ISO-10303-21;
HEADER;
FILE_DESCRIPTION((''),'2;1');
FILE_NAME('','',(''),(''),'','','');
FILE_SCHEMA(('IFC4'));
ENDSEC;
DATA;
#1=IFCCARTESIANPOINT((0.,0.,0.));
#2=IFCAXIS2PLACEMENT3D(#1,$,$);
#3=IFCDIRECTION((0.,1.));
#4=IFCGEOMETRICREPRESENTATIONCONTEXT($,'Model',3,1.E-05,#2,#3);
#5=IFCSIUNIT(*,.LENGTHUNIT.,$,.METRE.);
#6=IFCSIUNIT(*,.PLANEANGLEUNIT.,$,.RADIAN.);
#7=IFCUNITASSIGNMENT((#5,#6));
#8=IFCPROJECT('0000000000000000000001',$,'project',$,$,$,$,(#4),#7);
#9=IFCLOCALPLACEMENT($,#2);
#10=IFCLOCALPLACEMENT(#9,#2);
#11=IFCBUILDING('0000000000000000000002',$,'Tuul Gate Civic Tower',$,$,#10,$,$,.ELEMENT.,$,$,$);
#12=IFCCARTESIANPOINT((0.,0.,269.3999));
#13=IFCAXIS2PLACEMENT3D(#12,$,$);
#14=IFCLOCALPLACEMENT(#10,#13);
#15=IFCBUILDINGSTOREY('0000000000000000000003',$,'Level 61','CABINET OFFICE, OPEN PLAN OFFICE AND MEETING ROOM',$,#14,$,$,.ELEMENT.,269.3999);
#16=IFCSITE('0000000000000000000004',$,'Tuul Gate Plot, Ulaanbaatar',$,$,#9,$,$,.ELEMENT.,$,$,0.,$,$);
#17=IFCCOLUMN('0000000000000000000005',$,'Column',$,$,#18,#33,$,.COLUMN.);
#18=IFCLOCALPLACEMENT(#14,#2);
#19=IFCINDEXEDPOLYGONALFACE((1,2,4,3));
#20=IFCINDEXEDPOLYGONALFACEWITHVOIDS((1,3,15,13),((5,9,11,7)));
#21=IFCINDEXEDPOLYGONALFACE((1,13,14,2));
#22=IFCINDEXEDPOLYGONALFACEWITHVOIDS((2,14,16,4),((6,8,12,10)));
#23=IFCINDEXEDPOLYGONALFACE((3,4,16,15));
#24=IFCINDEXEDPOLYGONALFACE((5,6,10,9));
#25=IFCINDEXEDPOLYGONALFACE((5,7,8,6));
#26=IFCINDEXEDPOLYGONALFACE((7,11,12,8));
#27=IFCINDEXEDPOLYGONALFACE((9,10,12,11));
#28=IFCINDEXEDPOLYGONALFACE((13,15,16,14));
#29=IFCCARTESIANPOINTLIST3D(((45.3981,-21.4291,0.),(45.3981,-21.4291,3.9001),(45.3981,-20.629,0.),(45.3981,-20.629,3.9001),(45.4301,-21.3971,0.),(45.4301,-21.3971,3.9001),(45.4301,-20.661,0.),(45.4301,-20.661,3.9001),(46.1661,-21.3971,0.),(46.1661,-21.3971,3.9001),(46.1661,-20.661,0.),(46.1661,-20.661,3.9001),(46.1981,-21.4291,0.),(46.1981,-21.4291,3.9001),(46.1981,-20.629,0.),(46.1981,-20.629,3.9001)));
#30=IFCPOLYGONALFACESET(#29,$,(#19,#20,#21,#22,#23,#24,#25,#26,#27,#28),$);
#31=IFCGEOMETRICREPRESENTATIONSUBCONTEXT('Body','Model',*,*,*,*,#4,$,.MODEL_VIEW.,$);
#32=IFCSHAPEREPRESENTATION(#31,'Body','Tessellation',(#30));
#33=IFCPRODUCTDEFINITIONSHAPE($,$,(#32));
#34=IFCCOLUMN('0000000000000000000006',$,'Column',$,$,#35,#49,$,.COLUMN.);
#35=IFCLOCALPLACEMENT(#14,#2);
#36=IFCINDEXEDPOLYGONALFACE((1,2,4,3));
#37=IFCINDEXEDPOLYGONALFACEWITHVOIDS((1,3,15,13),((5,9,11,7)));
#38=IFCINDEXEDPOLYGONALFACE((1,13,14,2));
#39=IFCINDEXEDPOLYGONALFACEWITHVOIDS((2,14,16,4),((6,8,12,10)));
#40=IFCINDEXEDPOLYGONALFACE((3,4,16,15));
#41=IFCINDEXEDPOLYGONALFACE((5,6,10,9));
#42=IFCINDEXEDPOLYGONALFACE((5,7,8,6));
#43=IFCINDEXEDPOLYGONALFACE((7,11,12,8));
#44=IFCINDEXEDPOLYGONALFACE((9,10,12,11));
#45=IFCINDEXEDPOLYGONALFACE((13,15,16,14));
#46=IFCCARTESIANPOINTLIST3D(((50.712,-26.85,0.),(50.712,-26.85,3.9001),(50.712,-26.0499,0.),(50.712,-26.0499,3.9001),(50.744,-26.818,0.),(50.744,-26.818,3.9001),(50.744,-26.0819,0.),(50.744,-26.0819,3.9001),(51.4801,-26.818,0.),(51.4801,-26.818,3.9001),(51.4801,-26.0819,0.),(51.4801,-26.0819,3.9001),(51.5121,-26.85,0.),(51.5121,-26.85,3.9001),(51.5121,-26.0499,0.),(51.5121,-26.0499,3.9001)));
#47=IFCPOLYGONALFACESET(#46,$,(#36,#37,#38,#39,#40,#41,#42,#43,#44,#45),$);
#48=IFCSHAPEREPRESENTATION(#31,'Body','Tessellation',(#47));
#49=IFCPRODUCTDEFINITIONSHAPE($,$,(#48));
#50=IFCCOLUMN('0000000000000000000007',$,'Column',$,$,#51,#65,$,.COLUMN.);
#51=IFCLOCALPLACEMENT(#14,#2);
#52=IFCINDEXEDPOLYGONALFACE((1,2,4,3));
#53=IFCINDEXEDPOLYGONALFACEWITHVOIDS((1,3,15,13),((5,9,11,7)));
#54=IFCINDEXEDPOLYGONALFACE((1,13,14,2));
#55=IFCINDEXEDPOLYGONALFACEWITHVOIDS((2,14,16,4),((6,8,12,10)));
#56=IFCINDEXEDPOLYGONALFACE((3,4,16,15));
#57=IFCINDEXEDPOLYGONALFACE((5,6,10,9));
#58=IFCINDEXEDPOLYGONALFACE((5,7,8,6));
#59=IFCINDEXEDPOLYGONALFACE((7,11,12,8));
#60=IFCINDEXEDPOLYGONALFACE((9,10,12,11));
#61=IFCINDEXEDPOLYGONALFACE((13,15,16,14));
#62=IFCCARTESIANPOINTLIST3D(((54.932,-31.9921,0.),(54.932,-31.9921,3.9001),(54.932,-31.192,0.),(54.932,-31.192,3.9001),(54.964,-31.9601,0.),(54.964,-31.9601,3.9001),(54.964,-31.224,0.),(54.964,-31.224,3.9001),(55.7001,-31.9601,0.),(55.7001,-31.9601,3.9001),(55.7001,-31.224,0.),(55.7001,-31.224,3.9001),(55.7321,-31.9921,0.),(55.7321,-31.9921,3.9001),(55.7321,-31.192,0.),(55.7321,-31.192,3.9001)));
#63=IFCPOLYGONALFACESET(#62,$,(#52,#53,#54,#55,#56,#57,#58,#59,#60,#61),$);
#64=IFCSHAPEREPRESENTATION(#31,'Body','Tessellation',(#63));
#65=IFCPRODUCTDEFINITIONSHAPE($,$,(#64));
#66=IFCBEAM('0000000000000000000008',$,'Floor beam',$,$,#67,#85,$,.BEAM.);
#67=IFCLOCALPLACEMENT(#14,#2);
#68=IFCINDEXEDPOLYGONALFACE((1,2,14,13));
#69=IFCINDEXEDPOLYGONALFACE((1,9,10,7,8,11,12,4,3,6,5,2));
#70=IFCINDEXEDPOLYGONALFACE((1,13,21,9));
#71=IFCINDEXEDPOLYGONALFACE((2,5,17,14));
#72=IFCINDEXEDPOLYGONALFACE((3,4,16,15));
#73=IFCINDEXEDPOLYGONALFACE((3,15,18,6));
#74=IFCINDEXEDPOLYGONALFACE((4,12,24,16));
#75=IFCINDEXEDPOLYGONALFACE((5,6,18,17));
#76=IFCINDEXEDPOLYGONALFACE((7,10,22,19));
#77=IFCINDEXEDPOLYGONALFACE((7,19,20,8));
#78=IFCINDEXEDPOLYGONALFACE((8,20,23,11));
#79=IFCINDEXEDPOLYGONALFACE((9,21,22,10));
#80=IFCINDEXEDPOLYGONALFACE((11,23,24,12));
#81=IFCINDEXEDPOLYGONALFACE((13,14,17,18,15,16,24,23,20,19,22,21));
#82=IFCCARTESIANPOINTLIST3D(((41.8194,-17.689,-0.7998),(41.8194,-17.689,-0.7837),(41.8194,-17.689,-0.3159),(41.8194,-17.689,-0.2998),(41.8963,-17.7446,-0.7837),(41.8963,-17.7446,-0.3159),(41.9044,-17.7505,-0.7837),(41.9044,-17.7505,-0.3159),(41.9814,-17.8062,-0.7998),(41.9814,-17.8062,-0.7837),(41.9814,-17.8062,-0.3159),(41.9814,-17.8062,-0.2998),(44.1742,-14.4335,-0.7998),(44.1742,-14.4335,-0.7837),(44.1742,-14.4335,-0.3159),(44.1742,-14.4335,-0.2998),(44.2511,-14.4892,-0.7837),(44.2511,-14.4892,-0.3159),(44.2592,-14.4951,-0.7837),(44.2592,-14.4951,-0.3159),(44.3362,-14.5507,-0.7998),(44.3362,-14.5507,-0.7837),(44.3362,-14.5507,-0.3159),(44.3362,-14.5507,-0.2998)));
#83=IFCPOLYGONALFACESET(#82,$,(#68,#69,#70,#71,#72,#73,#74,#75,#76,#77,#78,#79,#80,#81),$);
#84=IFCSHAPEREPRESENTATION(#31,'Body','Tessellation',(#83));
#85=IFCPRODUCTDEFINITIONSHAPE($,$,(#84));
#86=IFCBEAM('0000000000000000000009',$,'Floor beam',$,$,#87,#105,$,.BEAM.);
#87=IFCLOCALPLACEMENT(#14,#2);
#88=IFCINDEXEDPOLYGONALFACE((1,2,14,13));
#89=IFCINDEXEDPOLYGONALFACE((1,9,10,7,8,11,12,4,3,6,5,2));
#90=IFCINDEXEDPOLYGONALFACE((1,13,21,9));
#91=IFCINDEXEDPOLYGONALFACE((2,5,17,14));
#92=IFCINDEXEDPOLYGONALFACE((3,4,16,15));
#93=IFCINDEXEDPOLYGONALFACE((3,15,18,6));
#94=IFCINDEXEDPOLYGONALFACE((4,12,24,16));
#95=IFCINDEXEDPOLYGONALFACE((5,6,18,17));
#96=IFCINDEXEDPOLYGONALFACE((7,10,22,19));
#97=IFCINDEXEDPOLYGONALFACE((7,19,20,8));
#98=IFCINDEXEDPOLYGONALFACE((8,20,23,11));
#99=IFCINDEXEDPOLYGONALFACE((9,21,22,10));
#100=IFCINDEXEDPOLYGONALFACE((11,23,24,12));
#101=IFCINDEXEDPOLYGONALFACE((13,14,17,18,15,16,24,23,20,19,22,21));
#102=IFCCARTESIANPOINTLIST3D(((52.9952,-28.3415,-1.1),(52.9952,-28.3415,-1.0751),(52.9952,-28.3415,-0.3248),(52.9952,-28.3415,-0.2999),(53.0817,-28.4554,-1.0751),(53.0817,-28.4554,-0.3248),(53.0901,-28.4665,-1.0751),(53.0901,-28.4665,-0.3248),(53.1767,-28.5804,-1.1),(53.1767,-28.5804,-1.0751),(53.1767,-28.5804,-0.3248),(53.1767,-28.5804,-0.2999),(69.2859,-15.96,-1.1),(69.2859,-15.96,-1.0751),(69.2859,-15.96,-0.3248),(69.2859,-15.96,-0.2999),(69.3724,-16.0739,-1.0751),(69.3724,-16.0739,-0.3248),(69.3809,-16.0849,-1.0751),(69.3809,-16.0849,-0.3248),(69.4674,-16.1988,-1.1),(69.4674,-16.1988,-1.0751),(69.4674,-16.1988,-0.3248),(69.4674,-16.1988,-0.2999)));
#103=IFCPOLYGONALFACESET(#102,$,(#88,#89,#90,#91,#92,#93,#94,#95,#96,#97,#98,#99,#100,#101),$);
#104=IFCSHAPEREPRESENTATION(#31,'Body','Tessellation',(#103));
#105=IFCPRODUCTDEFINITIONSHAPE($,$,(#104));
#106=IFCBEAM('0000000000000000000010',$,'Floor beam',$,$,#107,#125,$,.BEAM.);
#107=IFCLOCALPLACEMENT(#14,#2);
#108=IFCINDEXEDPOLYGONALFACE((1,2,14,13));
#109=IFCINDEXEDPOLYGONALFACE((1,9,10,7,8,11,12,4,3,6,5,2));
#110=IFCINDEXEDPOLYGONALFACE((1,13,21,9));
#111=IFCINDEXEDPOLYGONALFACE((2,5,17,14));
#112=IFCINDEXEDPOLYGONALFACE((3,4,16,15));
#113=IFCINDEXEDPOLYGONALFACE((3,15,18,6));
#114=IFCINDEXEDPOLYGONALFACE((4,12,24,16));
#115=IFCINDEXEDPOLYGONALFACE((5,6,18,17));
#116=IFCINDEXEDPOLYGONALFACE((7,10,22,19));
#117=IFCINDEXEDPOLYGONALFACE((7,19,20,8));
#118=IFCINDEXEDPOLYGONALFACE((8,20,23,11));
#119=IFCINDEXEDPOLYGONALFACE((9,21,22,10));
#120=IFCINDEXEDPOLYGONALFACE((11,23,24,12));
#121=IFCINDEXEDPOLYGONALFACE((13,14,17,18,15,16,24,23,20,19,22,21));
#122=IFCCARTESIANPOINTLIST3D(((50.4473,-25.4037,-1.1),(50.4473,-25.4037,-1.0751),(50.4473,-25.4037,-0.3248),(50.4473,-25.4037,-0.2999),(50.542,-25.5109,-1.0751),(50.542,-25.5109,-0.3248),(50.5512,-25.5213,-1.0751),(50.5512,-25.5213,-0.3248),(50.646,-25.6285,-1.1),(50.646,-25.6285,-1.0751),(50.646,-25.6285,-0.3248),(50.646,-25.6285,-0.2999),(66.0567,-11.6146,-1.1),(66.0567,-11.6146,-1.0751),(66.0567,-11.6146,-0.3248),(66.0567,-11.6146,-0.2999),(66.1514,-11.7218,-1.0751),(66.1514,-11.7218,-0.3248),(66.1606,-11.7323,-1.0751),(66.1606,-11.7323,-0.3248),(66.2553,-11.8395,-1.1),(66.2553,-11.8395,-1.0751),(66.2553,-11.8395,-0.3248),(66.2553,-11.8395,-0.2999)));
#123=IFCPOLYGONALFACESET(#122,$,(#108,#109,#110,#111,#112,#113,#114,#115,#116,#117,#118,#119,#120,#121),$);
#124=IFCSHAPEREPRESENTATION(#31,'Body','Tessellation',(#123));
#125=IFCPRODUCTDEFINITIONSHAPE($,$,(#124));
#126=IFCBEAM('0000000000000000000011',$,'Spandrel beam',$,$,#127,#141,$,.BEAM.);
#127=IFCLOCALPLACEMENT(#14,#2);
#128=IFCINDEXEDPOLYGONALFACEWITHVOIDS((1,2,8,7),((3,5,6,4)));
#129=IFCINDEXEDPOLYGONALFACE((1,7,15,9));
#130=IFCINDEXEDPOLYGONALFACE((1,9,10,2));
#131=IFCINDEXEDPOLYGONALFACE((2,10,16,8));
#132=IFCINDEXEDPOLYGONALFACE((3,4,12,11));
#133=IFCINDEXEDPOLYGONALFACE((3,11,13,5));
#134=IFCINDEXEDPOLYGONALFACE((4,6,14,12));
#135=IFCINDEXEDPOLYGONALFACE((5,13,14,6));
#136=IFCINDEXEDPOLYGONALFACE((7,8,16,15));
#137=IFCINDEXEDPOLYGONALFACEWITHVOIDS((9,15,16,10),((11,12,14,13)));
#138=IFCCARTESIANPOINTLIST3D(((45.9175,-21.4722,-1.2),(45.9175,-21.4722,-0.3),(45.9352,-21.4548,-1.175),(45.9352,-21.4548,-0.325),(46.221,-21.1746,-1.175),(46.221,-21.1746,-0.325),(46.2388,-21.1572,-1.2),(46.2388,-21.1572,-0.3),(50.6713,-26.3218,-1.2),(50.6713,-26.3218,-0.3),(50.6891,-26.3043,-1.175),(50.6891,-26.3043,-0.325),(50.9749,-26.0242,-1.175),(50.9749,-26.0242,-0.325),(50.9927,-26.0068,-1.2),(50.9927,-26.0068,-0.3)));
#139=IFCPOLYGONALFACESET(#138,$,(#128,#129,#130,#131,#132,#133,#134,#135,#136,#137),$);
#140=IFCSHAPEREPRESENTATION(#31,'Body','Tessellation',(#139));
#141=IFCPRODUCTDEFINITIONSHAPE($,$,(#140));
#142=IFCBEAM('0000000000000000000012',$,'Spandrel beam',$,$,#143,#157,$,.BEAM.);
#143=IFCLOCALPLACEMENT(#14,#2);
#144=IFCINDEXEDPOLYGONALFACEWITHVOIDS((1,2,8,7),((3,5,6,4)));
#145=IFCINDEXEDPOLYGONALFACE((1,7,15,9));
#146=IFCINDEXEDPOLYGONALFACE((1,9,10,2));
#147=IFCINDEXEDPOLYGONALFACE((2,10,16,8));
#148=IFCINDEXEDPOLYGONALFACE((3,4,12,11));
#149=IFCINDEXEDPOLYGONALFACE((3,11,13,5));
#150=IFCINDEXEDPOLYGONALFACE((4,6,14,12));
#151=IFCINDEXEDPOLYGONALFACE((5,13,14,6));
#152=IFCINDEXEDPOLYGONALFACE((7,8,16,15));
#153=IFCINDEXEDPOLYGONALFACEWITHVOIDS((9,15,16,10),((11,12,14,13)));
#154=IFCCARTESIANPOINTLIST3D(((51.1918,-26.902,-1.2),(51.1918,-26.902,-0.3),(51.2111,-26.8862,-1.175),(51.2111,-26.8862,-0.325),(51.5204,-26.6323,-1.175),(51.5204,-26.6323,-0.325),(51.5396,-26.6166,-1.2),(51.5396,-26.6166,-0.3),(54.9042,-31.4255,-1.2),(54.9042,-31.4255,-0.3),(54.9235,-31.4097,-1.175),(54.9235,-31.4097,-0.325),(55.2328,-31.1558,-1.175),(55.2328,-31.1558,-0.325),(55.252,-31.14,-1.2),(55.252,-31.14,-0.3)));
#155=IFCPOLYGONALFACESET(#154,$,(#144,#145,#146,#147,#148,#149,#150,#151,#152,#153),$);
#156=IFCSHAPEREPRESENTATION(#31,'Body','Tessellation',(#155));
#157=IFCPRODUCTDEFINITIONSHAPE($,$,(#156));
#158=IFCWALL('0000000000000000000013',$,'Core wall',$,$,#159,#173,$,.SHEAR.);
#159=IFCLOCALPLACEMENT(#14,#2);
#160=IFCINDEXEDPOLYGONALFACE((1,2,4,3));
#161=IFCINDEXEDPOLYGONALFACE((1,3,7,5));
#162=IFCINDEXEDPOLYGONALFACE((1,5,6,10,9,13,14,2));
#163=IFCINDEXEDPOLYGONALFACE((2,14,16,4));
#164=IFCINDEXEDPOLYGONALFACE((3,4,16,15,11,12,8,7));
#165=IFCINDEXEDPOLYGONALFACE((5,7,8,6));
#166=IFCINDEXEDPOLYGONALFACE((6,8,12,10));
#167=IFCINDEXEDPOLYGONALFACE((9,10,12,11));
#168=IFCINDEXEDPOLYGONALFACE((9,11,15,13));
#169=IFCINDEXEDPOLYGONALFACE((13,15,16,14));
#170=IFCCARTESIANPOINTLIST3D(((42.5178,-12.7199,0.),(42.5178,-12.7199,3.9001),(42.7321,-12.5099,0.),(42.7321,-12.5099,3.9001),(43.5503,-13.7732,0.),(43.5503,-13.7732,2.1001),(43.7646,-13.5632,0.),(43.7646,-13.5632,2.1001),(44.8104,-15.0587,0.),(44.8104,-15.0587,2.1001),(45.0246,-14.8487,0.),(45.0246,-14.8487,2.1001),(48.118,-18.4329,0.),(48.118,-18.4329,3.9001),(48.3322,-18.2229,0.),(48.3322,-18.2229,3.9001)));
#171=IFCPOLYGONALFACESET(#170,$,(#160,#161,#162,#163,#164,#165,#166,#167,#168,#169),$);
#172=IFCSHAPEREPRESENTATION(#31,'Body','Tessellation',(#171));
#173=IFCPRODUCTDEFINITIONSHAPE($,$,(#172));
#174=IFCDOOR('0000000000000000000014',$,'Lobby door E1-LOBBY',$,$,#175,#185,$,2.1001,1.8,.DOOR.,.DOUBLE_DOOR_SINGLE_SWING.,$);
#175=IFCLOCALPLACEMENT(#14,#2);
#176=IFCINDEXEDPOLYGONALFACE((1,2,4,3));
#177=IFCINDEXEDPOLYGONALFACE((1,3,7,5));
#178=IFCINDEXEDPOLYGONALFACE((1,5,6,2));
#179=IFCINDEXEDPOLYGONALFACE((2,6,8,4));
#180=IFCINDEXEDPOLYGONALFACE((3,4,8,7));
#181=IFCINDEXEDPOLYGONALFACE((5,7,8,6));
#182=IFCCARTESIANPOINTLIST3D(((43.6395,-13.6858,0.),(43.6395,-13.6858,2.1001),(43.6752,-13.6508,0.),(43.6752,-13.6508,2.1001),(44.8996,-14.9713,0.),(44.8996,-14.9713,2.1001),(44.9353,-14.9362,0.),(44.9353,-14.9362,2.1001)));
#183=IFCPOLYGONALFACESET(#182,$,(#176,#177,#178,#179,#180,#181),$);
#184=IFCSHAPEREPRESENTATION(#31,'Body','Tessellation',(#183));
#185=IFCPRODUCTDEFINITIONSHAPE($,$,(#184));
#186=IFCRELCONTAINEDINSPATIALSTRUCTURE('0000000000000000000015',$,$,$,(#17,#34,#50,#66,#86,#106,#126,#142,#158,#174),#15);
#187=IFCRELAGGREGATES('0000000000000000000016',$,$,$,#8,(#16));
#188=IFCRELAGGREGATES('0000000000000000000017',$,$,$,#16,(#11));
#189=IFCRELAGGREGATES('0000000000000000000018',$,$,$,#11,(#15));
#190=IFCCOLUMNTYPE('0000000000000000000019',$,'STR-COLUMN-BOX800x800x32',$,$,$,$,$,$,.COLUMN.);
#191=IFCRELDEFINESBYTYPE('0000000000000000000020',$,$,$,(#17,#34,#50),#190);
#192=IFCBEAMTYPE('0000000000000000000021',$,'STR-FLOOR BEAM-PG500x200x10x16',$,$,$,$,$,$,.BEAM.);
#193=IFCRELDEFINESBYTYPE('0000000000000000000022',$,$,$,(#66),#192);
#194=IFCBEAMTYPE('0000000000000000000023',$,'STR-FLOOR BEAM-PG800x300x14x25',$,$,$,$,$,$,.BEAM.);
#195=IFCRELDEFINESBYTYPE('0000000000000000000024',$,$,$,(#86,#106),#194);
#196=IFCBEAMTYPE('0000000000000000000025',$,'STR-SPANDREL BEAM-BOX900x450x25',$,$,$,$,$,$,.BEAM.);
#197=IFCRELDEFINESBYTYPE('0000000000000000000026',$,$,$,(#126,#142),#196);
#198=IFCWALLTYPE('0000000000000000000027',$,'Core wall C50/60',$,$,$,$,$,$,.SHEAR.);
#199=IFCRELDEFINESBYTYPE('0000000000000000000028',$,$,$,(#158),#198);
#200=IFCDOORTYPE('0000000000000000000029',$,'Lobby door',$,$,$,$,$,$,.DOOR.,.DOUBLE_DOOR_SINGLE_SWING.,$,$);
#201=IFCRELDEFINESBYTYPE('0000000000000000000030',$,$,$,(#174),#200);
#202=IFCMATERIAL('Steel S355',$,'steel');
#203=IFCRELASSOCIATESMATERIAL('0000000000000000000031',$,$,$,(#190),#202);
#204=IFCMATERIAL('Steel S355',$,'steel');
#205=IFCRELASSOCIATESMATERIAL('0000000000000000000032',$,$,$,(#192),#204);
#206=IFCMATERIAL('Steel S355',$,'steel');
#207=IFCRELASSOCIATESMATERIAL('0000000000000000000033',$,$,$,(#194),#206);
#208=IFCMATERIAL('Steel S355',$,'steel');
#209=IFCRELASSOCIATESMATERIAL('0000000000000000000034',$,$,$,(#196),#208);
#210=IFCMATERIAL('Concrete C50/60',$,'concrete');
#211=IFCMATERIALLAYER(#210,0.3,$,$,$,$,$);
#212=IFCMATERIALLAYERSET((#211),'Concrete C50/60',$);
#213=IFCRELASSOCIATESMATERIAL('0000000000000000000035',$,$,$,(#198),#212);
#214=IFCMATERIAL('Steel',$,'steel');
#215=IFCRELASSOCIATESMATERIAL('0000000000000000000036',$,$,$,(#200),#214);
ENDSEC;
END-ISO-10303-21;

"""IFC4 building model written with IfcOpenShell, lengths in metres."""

from ifc_helpers import new_model, si_unit, direction, frame, frame_2d, origin, origin_2d, place, context, subcontext, project, spatial, rectangle, hollow_rectangle, i_section, extrude, material, layer, layer_set, material_profile, profile_set, type_object, element, fill, save


model = new_model("IFC4")

# Units and contexts
model_context = context("Model", 3, precision=1e-05, world=origin(), true_north=direction((0.0, 1.0)))
body_context = subcontext(model_context, "Body", "Model", "MODEL_VIEW")
ifc_project = project(units=[si_unit("LENGTHUNIT", "METRE"), si_unit("PLANEANGLEUNIT", "RADIAN")], contexts=[model_context])

# Site, building, storey
site_placement = place(None, origin())
site = spatial("IfcSite", under=ifc_project, at=site_placement, Name="Tuul Gate Plot, Ulaanbaatar", CompositionType="ELEMENT", RefElevation=0.0)
building_placement = place(site_placement, origin())
building = spatial("IfcBuilding", under=site, at=building_placement, Name="Tuul Gate Civic Tower", CompositionType="ELEMENT")
storey_placement = place(building_placement, frame((0.0, 0.0, 269.3999)))
storey = spatial("IfcBuildingStorey", under=building, at=storey_placement, Name="Level 61", Description="CABINET OFFICE, OPEN PLAN OFFICE AND MEETING ROOM", CompositionType="ELEMENT", Elevation=269.3999)

# Columns
ifc_material_1 = material(Name="Steel S355", Category="steel")
ifc_material_profile_1 = material_profile(ifc_material_1, hollow_rectangle(XDim=0.8, YDim=0.8, WallThickness=0.032, at=origin_2d()), Name="BOX800x800x32")
ifc_profile_set_1 = profile_set([ifc_material_profile_1], Name="Steel S355")
column_type = type_object("IfcColumnType", Name="STR-COLUMN-BOX800x800x32", PredefinedType="COLUMN", material=ifc_profile_set_1)
for number, where, z_axis, x_axis, name in (
    (1, (45.7981, -21.0291, 0.0), (0.0, 0.0, 1.0), (1.0, 0.0, 0.0), "Column"),
    (2, (51.1121, -26.45, 0.0), (0.0, 0.0, 1.0), (1.0, 0.0, 0.0), "Column"),
    (3, (55.332, -31.592, 0.0), (0.0, 0.0, 1.0), (1.0, 0.0, 0.0), "Column"),
):
    element("IfcColumn", number, at=place(storey_placement, frame(where, z_axis=z_axis, x_axis=x_axis)), inside=storey, type_object=column_type, Name=name, PredefinedType="COLUMN", context=body_context, shape_type="SweptSolid", body=[
        extrude(hollow_rectangle(XDim=0.8, YDim=0.8, WallThickness=0.032, at=origin_2d()), origin(), (0.0, 0.0, 1.0), 3.9001),
    ])

# Beams
ifc_material_2 = material(Name="Steel S355", Category="steel")
ifc_material_profile_2 = material_profile(ifc_material_2, i_section(OverallWidth=0.2, OverallDepth=0.5, WebThickness=0.01, FlangeThickness=0.0161, at=origin_2d()), Name="PG500x200x10x16")
ifc_profile_set_2 = profile_set([ifc_material_profile_2], Name="Steel S355")
beam_type_1 = type_object("IfcBeamType", Name="STR-FLOOR BEAM-PG500x200x10x16", PredefinedType="BEAM", material=ifc_profile_set_2)
beam_1_placement = place(storey_placement, frame((41.9004, -17.7476, -0.5498), z_axis=(0.586085, 0.81025, 0.0), x_axis=(-0.81025, 0.586085, 0.0)))
element("IfcBeam", 4, at=beam_1_placement, inside=storey, type_object=beam_type_1, Name="Floor beam", PredefinedType="BEAM", context=body_context, shape_type="SweptSolid", body=[
    extrude(i_section(OverallWidth=0.2, OverallDepth=0.5, WebThickness=0.01, FlangeThickness=0.0161, at=origin_2d()), origin(), (0.0, 0.0, 1.0), 4.0178),
])
ifc_material_3 = material(Name="Steel S355", Category="steel")
ifc_material_profile_3 = material_profile(ifc_material_3, i_section(OverallWidth=0.3, OverallDepth=0.8, WebThickness=0.0139, FlangeThickness=0.0249, at=origin_2d()), Name="PG800x300x14x25")
ifc_profile_set_3 = profile_set([ifc_material_profile_3], Name="Steel S355")
beam_type_2 = type_object("IfcBeamType", Name="STR-FLOOR BEAM-PG800x300x14x25", PredefinedType="BEAM", material=ifc_profile_set_3)
beam_2_placement = place(storey_placement, frame((53.0859, -28.4609, -0.7), z_axis=(0.796148, 0.605102, 0.0), x_axis=(-0.605102, 0.796148, 0.0)))
element("IfcBeam", 5, at=beam_2_placement, inside=storey, type_object=beam_type_2, Name="Floor beam", PredefinedType="BEAM", context=body_context, shape_type="SweptSolid", body=[
    extrude(i_section(OverallWidth=0.3, OverallDepth=0.8, WebThickness=0.0139, FlangeThickness=0.0249, at=origin_2d()), origin(), (0.0, 0.0, 1.0), 20.4619),
])
beam_3_placement = place(storey_placement, frame((50.5466, -25.5161, -0.7), z_axis=(0.749455, 0.662056, 0.0), x_axis=(-0.662056, 0.749455, 0.0)))
element("IfcBeam", 6, at=beam_3_placement, inside=storey, type_object=beam_type_2, Name="Floor beam", PredefinedType="BEAM", context=body_context, shape_type="SweptSolid", body=[
    extrude(i_section(OverallWidth=0.3, OverallDepth=0.8, WebThickness=0.0139, FlangeThickness=0.0249, at=origin_2d()), origin(), (0.0, 0.0, 1.0), 20.8276),
])
ifc_material_4 = material(Name="Steel S355", Category="steel")
ifc_material_profile_4 = material_profile(ifc_material_4, hollow_rectangle(XDim=0.45, YDim=0.8999, WallThickness=0.0249, at=origin_2d()), Name="BOX900x450x25")
ifc_profile_set_4 = profile_set([ifc_material_profile_4], Name="Steel S355")
beam_type_3 = type_object("IfcBeamType", Name="STR-SPANDREL BEAM-BOX900x450x25", PredefinedType="BEAM", material=ifc_profile_set_4)
beam_4_placement = place(storey_placement, frame((46.0781, -21.3147, -0.75), z_axis=(0.700025, -0.714118, 0.0), x_axis=(0.714118, 0.700025, 0.0)))
element("IfcBeam", 7, at=beam_4_placement, inside=storey, type_object=beam_type_3, Name="Spandrel beam", PredefinedType="BEAM", context=body_context, shape_type="SweptSolid", body=[
    extrude(hollow_rectangle(XDim=0.45, YDim=0.8999, WallThickness=0.0249, at=origin_2d()), origin(), (0.0, 0.0, 1.0), 6.791),
])
beam_5_placement = place(storey_placement, frame((51.3657, -26.7593, -0.75), z_axis=(0.634405, -0.773001, 0.0), x_axis=(0.773001, 0.634405, 0.0)))
element("IfcBeam", 8, at=beam_5_placement, inside=storey, type_object=beam_type_3, Name="Spandrel beam", PredefinedType="BEAM", context=body_context, shape_type="SweptSolid", body=[
    extrude(hollow_rectangle(XDim=0.45, YDim=0.8999, WallThickness=0.0249, at=origin_2d()), origin(), (0.0, 0.0, 1.0), 5.8518),
])

# Wall, opening, door
ifc_material_5 = material(Name="Concrete C50/60", Category="concrete")
ifc_layer_1 = layer(ifc_material_5, 0.3)
ifc_layer_set_1 = layer_set([ifc_layer_1], Name="Concrete C50/60")
wall_type_1 = type_object("IfcWallType", Name="Core wall C50/60", PredefinedType="SHEAR", material=ifc_layer_set_1)
wall_1_placement = place(storey_placement, frame((48.2251, -18.3279, 0.0), z_axis=(0.0, 0.0, 1.0), x_axis=(-0.700022, 0.714121, 0.0)))
wall_1 = element("IfcWall", 9, at=wall_1_placement, inside=storey, type_object=wall_type_1, Name="Core wall", PredefinedType="SHEAR", context=body_context, shape_type="SweptSolid", body=[
    extrude(rectangle(XDim=8.0, YDim=0.3, at=frame_2d((4.0, 0.0))), origin(), (0.0, 0.0, 1.0), 3.9001),
])
opening_1_placement = place(wall_1_placement, frame((4.7251, 0.0, 0.0)))
opening_1 = element("IfcOpeningElement", 10, at=opening_1_placement, cuts=wall_1, PredefinedType="OPENING", context=body_context, shape_type="SweptSolid", body=[
    extrude(rectangle(XDim=1.8, YDim=2.1001, at=frame_2d((0.8999, 1.05))), frame((0.0, 0.1602, 0.0), z_axis=(0.0, -1.0, 0.0), x_axis=(1.0, 0.0, 0.0)), (0.0, 0.0, 1.0), 0.3201),
])
ifc_material_6 = material(Name="Steel", Category="steel")
door_type = type_object("IfcDoorType", Name="Lobby door", OperationType="DOUBLE_DOOR_SINGLE_SWING", PredefinedType="DOOR", material=ifc_material_6)
door_placement = place(opening_1_placement, frame((1.8, 0.0, 0.0), z_axis=(0.0, 0.0, 1.0), x_axis=(-1.0, 0.0, 0.0)))
door = element("IfcDoor", 11, at=door_placement, inside=storey, type_object=door_type, Name="Lobby door E1-LOBBY", OperationType="DOUBLE_DOOR_SINGLE_SWING", OverallHeight=2.1001, OverallWidth=1.8, PredefinedType="DOOR", context=body_context, shape_type="SweptSolid", body=[
    extrude(rectangle(XDim=1.8, YDim=2.1001, at=frame_2d((0.9001, 1.05))), frame((0.0, 0.0249, 0.0), z_axis=(0.0, -1.0, 0.0), x_axis=(1.0, 0.0, 0.0)), (0.0, 0.0, 1.0), 0.05),
])
fill(opening_1, door)

save(model, "model.ifc")
